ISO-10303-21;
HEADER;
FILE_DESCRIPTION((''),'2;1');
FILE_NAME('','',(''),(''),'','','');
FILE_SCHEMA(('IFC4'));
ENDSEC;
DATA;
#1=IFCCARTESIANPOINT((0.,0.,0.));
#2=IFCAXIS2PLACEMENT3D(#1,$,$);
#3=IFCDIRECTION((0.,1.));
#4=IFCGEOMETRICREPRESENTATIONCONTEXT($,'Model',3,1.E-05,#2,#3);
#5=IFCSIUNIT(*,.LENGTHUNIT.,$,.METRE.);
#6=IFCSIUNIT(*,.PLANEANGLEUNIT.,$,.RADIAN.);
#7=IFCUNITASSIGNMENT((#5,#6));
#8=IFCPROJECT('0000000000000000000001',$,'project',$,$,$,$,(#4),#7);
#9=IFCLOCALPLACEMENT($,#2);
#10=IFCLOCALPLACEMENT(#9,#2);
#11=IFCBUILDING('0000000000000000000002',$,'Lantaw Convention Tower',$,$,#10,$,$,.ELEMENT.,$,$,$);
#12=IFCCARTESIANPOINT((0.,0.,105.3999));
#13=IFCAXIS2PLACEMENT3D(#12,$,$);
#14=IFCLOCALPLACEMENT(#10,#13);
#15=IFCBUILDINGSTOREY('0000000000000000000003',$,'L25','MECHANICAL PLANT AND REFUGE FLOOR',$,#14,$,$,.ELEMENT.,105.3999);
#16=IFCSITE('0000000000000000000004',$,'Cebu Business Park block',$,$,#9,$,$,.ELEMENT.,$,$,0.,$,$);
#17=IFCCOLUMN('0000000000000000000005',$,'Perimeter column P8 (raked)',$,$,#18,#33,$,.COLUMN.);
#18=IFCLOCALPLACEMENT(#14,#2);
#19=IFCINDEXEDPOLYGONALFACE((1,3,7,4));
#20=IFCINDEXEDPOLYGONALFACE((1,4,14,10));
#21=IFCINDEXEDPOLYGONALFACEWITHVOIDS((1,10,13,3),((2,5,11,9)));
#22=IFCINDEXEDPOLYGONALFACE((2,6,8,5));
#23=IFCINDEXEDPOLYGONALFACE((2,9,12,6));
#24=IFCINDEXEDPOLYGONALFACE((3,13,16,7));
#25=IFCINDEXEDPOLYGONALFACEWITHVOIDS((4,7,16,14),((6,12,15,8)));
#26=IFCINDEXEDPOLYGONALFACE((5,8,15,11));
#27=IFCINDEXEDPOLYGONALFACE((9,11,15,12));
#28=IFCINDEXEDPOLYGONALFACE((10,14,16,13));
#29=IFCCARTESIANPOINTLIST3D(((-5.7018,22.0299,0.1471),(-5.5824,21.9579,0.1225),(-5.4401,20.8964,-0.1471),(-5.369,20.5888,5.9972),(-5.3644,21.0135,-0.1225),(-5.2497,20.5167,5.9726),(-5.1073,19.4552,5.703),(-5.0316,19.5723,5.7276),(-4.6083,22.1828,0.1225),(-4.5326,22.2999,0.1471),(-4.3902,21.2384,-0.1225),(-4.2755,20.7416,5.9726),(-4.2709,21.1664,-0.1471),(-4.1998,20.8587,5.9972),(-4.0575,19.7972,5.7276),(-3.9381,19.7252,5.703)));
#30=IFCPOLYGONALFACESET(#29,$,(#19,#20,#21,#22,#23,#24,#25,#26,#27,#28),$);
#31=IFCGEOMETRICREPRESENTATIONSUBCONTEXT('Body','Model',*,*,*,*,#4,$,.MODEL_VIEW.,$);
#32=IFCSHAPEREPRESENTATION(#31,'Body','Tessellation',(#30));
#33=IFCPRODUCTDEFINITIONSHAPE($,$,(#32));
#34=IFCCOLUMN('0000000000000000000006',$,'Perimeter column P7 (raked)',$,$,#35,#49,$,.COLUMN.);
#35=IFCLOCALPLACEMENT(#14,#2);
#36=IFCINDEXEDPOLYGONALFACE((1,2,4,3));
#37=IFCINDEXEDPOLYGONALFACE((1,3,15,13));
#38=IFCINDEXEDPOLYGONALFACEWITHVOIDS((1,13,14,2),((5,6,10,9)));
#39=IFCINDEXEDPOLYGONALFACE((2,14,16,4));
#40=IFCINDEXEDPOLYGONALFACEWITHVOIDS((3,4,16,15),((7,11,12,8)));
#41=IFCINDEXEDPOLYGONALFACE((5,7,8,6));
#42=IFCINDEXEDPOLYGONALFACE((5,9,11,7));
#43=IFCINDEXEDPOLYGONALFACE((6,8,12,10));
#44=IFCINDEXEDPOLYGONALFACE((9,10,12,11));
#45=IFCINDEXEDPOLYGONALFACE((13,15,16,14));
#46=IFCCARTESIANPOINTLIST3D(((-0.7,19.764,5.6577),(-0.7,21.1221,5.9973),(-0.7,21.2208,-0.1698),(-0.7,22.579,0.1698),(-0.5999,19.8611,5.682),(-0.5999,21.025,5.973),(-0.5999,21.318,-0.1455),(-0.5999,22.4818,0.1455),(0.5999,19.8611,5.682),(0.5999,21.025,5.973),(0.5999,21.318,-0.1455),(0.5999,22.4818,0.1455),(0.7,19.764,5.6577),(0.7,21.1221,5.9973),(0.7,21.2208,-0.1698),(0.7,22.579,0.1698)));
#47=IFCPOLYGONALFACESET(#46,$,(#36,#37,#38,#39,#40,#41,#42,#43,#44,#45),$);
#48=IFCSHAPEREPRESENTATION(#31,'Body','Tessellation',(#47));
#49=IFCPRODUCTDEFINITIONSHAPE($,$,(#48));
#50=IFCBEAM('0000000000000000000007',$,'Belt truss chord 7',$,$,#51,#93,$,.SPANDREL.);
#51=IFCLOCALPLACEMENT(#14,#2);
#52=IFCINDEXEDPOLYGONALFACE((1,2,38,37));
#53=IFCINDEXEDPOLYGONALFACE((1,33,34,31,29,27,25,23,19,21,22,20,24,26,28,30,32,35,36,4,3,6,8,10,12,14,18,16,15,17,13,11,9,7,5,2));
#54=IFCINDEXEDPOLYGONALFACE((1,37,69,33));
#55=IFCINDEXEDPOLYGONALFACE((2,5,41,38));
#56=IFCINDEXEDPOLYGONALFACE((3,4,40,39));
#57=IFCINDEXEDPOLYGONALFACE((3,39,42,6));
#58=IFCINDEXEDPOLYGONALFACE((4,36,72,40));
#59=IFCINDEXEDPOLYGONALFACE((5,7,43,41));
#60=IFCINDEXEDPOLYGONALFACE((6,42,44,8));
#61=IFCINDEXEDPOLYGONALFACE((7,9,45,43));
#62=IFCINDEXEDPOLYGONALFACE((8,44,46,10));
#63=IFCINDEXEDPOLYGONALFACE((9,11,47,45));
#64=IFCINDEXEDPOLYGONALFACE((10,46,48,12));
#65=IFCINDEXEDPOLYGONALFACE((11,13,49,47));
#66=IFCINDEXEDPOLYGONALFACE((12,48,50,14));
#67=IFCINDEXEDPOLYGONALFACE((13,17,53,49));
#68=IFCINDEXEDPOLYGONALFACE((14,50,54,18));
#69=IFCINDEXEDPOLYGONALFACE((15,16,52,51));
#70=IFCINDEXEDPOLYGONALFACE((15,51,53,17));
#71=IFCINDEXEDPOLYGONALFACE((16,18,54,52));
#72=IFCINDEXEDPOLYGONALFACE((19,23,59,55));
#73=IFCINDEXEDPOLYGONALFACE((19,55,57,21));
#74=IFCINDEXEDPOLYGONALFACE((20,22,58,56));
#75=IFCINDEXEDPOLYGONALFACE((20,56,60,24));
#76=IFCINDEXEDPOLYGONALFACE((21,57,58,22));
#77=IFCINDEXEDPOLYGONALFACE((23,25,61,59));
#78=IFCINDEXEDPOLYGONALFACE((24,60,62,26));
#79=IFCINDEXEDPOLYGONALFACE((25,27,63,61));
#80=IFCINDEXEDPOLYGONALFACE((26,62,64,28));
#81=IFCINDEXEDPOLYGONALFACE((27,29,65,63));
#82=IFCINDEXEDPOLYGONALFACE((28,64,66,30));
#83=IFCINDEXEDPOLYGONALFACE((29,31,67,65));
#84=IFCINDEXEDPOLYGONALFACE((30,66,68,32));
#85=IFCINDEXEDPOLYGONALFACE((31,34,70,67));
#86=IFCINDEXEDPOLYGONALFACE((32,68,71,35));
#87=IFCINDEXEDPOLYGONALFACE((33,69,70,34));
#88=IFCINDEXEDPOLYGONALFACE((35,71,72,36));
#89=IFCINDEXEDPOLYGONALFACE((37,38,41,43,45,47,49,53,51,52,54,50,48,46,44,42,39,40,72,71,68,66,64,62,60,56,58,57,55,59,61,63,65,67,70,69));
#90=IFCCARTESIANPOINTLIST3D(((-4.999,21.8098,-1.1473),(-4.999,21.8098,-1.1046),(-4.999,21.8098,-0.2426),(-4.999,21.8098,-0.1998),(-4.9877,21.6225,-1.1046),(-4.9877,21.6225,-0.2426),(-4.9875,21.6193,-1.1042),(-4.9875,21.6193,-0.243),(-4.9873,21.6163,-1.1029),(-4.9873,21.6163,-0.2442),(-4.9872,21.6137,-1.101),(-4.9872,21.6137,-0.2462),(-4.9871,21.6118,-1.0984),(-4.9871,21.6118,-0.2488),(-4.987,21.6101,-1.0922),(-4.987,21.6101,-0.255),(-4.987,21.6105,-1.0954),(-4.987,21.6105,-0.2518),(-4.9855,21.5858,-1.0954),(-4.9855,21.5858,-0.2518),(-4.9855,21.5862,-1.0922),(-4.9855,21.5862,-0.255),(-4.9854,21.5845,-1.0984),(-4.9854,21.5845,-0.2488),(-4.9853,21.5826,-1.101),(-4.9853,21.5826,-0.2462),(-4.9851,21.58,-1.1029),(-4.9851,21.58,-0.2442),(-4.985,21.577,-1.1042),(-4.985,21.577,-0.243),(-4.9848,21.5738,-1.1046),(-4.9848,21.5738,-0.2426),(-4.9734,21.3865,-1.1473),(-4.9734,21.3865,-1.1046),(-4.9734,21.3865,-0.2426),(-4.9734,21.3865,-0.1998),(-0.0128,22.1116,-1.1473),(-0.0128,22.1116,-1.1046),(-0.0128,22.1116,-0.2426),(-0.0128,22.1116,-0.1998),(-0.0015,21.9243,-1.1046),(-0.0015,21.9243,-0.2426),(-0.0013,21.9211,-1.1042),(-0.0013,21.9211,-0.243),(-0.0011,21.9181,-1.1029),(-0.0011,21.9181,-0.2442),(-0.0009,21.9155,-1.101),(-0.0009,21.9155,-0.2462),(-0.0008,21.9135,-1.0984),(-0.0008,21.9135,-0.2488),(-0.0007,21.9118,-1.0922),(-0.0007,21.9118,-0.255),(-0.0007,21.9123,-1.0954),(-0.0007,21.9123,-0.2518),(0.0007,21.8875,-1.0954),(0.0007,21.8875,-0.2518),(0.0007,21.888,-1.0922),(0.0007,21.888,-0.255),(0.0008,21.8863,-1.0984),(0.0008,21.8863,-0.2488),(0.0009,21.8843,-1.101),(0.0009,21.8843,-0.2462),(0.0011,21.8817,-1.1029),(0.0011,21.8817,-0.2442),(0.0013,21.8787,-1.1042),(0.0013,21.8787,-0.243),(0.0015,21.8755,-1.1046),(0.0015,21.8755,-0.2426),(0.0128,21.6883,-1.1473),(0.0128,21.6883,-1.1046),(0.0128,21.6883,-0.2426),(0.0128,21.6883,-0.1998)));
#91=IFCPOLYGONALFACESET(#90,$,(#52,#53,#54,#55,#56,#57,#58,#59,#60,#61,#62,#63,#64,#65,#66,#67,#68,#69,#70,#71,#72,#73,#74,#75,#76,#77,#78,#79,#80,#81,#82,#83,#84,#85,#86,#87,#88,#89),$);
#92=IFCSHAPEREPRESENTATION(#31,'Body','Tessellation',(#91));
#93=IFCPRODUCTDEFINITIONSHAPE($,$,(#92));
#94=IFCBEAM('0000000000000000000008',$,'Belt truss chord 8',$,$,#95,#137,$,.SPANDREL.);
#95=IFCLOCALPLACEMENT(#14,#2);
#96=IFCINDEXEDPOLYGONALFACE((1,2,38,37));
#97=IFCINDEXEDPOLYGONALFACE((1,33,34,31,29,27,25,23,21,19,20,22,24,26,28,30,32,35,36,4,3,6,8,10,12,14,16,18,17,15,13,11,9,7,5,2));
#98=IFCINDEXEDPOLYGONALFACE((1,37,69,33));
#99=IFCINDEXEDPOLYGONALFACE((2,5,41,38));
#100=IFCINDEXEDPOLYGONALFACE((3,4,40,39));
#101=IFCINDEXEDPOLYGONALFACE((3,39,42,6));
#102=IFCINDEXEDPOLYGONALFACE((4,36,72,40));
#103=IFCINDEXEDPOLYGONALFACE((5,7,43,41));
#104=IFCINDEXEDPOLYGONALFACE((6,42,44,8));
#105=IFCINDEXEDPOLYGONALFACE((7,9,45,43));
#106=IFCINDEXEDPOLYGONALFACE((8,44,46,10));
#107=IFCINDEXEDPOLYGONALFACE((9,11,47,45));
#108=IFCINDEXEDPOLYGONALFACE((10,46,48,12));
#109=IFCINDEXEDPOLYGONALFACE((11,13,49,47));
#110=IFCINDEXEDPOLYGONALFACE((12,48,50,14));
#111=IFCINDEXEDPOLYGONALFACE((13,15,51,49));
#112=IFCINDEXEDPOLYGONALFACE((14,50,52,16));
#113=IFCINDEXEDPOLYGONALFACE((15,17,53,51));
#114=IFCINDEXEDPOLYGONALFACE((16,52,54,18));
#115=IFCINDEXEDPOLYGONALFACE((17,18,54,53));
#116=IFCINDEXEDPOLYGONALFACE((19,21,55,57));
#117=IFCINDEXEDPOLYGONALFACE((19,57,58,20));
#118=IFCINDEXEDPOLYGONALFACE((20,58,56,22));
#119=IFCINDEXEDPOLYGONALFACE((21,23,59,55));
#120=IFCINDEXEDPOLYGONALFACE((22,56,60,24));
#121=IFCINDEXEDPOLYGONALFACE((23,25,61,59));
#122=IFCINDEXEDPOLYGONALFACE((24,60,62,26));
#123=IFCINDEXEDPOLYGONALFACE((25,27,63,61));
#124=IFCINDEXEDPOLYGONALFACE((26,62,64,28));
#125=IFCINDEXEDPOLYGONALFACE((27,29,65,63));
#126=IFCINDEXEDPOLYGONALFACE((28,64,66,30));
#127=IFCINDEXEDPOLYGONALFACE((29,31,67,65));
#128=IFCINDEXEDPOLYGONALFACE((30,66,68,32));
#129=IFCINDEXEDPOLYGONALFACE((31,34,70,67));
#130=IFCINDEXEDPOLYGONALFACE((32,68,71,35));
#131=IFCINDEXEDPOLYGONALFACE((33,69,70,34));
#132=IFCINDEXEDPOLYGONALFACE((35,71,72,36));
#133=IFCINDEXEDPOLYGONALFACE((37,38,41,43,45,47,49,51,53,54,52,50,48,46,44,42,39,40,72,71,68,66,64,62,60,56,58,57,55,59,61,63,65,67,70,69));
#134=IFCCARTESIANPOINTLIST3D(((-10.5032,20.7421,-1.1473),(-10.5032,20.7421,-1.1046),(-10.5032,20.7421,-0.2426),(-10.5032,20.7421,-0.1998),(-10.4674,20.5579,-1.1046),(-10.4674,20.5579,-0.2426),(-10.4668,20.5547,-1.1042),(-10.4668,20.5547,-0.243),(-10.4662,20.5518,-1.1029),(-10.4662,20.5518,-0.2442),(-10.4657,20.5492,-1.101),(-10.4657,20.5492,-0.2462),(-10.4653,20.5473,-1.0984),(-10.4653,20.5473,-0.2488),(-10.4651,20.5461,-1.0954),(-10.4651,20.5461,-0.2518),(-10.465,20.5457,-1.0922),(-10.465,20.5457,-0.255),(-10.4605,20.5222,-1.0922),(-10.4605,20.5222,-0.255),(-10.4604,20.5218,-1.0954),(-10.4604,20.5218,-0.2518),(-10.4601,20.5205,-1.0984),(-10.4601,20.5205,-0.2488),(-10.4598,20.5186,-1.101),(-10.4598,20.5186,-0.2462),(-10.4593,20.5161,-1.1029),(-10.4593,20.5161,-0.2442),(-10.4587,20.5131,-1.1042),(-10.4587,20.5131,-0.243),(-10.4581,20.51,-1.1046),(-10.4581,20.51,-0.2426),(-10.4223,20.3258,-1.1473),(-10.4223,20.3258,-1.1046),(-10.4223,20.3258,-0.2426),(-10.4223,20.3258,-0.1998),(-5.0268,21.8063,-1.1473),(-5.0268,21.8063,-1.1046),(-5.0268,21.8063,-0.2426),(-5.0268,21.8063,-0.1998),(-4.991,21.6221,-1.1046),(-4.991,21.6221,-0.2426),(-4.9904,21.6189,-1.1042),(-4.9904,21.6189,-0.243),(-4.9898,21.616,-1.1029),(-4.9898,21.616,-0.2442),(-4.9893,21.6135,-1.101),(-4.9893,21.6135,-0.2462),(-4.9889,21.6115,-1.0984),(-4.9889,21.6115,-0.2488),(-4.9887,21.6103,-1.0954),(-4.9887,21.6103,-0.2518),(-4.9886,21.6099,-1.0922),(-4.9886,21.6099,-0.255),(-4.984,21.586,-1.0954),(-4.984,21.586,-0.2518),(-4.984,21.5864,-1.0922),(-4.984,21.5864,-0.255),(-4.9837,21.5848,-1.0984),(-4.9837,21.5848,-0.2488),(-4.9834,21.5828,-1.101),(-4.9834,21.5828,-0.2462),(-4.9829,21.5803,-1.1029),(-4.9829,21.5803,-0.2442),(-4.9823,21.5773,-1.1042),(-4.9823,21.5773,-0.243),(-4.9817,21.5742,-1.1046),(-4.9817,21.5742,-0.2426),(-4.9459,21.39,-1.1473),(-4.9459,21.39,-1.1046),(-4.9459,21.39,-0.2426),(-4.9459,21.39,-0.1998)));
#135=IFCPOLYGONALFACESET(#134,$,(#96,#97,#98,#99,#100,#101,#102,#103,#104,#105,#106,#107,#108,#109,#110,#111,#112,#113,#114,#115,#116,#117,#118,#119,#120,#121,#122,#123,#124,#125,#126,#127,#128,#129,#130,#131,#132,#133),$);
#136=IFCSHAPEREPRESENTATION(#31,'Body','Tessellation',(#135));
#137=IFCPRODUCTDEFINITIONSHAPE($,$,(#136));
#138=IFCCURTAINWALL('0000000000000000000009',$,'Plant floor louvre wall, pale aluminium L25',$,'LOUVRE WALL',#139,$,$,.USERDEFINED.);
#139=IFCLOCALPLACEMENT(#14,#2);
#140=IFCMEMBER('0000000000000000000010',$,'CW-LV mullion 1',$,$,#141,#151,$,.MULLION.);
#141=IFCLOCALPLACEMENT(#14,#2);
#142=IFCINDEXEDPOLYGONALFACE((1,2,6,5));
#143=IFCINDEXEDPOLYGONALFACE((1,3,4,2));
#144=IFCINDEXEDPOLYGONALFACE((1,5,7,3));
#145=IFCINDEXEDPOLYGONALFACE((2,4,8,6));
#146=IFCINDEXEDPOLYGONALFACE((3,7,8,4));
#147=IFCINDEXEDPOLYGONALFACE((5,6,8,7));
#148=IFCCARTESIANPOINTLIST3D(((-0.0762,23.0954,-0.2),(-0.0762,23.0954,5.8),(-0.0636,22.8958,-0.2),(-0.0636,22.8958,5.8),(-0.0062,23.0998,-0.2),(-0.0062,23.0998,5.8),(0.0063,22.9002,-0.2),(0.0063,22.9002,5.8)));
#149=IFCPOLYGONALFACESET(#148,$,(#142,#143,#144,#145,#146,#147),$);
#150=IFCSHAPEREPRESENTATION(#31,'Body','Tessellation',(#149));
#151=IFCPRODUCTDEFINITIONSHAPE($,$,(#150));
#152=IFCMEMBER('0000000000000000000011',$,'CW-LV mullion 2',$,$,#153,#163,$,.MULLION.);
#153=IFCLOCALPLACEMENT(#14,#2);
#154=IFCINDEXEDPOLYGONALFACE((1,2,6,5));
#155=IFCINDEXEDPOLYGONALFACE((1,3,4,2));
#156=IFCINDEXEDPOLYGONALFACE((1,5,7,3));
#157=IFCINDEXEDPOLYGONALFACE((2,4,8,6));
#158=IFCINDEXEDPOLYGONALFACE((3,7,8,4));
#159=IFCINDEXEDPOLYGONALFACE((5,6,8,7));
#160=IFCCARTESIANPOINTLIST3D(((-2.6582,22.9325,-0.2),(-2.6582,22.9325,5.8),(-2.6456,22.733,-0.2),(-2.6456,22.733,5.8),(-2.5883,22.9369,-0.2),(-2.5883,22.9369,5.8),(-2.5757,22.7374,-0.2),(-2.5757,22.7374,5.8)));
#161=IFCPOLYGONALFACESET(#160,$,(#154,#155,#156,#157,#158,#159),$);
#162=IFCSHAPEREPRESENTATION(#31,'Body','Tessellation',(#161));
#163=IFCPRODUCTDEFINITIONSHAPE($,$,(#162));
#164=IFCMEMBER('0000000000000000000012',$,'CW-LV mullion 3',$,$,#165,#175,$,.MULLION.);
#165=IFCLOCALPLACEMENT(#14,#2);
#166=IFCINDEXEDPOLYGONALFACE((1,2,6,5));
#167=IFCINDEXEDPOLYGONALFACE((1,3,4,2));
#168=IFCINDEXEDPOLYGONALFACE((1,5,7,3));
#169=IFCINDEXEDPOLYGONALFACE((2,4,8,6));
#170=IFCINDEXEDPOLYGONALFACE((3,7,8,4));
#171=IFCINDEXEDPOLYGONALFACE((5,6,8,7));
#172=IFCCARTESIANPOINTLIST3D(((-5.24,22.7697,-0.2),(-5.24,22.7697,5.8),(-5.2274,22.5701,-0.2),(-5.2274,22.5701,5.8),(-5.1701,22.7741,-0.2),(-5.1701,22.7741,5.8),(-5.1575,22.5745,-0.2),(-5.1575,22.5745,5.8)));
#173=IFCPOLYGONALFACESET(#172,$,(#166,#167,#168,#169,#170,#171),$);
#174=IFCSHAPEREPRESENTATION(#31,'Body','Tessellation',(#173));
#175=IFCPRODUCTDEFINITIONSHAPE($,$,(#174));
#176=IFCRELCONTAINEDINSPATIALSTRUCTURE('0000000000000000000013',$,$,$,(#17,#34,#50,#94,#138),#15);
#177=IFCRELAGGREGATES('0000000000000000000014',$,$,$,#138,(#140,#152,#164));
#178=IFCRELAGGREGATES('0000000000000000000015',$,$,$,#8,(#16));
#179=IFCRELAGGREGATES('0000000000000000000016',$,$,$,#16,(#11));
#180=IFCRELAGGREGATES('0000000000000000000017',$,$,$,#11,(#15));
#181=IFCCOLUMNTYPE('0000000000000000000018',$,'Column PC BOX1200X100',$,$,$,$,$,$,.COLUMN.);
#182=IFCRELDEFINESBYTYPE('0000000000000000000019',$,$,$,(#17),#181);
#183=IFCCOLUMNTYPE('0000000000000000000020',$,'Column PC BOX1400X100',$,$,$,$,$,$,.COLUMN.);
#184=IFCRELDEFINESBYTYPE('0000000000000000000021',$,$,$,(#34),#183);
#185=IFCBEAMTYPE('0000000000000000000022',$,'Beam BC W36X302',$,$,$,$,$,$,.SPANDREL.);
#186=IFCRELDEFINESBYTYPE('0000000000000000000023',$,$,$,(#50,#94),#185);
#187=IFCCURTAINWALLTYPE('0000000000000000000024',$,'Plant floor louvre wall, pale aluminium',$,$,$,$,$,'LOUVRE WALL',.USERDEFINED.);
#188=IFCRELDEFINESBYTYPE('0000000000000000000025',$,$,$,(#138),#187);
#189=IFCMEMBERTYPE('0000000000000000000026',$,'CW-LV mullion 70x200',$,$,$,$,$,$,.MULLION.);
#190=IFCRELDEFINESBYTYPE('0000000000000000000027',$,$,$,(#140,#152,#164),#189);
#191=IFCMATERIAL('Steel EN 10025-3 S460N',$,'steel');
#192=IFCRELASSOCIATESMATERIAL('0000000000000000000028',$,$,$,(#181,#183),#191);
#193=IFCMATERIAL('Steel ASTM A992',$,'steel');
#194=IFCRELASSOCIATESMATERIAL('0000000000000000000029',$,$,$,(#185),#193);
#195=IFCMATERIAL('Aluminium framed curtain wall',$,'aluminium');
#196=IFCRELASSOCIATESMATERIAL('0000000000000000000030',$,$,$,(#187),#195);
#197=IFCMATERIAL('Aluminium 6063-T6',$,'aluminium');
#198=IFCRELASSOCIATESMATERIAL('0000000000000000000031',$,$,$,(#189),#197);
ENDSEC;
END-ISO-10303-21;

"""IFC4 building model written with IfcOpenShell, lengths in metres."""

from ifc_helpers import new_model, si_unit, direction, frame, origin, origin_2d, place, context, subcontext, project, spatial, rectangle, hollow_rectangle, i_section, extrude, material, material_profile, profile_set, type_object, element, aggregate, save


model = new_model("IFC4")

# Units and contexts
model_context = context("Model", 3, precision=1e-05, world=origin(), true_north=direction((0.0, 1.0)))
body_context = subcontext(model_context, "Body", "Model", "MODEL_VIEW")
ifc_project = project(units=[si_unit("LENGTHUNIT", "METRE"), si_unit("PLANEANGLEUNIT", "RADIAN")], contexts=[model_context])

# Site, building, storey
site_placement = place(None, origin())
site = spatial("IfcSite", under=ifc_project, at=site_placement, Name="Cebu Business Park block", CompositionType="ELEMENT", RefElevation=0.0)
building_placement = place(site_placement, origin())
building = spatial("IfcBuilding", under=site, at=building_placement, Name="Lantaw Convention Tower", CompositionType="ELEMENT")
storey_placement = place(building_placement, frame((0.0, 0.0, 105.3999)))
storey = spatial("IfcBuildingStorey", under=building, at=storey_placement, Name="L25", Description="MECHANICAL PLANT AND REFUGE FLOOR", CompositionType="ELEMENT", Elevation=105.3999)

# Columns
ifc_material_1 = material(Name="Steel EN 10025-3 S460N", Category="steel")
ifc_material_profile_1 = material_profile(ifc_material_1, hollow_rectangle(XDim=1.2, YDim=1.2, WallThickness=0.1001, at=origin_2d()), Name="BOX1200X100")
ifc_material_2 = material(Name="Concrete C60/75", Category="concrete")
ifc_material_profile_2 = material_profile(ifc_material_2, rectangle(XDim=1.0, YDim=1.0, at=origin_2d()), Name="Concrete fill of BOX1200X100")
ifc_profile_set_1 = profile_set([ifc_material_profile_1, ifc_material_profile_2], Name="Steel EN 10025-3 S460N")
column_type_1 = type_object("IfcColumnType", Name="Column PC BOX1200X100", PredefinedType="COLUMN", material=ifc_profile_set_1)
column_1_placement = place(storey_placement, frame((-4.9863, 21.5981, 0.0), z_axis=(0.055146, -0.238833, 0.969493), x_axis=(0.974363, 0.22498, 0.0)))
element("IfcColumn", 1, at=column_1_placement, inside=storey, type_object=column_type_1, Name="Perimeter column P8 (raked)", PredefinedType="COLUMN", context=body_context, shape_type="SweptSolid", body=[
    extrude(hollow_rectangle(XDim=1.2, YDim=1.2, WallThickness=0.1001, at=origin_2d()), origin(), (0.0, 0.0, 1.0), 6.0342),
])
ifc_material_profile_3 = material_profile(ifc_material_1, hollow_rectangle(XDim=1.3999, YDim=1.3999, WallThickness=0.1001, at=origin_2d()), Name="BOX1400X100")
ifc_material_profile_4 = material_profile(ifc_material_2, rectangle(XDim=1.2, YDim=1.2, at=origin_2d()), Name="Concrete fill of BOX1400X100")
ifc_profile_set_2 = profile_set([ifc_material_profile_3, ifc_material_profile_4], Name="Steel EN 10025-3 S460N")
column_type_2 = type_object("IfcColumnType", Name="Column PC BOX1400X100", PredefinedType="COLUMN", material=ifc_profile_set_2)
column_2_placement = place(storey_placement, frame((0.0, 21.8999, 0.0), z_axis=(0.0, -0.242526, 0.970145), x_axis=(1.0, 0.0, 0.0)))
element("IfcColumn", 2, at=column_2_placement, inside=storey, type_object=column_type_2, Name="Perimeter column P7 (raked)", PredefinedType="COLUMN", context=body_context, shape_type="SweptSolid", body=[
    extrude(hollow_rectangle(XDim=1.3999, YDim=1.3999, WallThickness=0.1001, at=origin_2d()), origin(), (0.0, 0.0, 1.0), 6.0068),
])

# Beams
ifc_material_3 = material(Name="Steel ASTM A992", Category="steel")
ifc_material_profile_5 = material_profile(ifc_material_3, i_section(OverallWidth=0.4241, OverallDepth=0.9475, WebThickness=0.0239, FlangeThickness=0.0427, FilletRadius=0.0125, at=origin_2d()), Name="W36X302")
ifc_profile_set_3 = profile_set([ifc_material_profile_5], Name="Steel ASTM A992")
beam_type = type_object("IfcBeamType", Name="Beam BC W36X302", PredefinedType="SPANDREL", material=ifc_profile_set_3)
beam_1_placement = place(storey_placement, frame((0.0, 21.8999, -0.6736), z_axis=(-0.998174, -0.060407, 0.0), x_axis=(0.060407, -0.998174, 0.0)))
element("IfcBeam", 3, at=beam_1_placement, inside=storey, type_object=beam_type, Name="Belt truss chord 7", PredefinedType="SPANDREL", context=body_context, shape_type="SweptSolid", body=[
    extrude(i_section(OverallWidth=0.4241, OverallDepth=0.9475, WebThickness=0.0239, FlangeThickness=0.0427, FilletRadius=0.0125, at=origin_2d()), origin(), (0.0, 0.0, 1.0), 4.9954),
])
beam_2_placement = place(storey_placement, frame((-4.9863, 21.5981, -0.6736), z_axis=(-0.981637, -0.190761, 0.0), x_axis=(0.190761, -0.981637, 0.0)))
element("IfcBeam", 4, at=beam_2_placement, inside=storey, type_object=beam_type, Name="Belt truss chord 8", PredefinedType="SPANDREL", context=body_context, shape_type="SweptSolid", body=[
    extrude(i_section(OverallWidth=0.4241, OverallDepth=0.9475, WebThickness=0.0239, FlangeThickness=0.0427, FilletRadius=0.0125, at=origin_2d()), origin(), (0.0, 0.0, 1.0), 5.5789),
])

# Curtain wall, members
ifc_material_4 = material(Name="Aluminium framed curtain wall", Category="aluminium")
curtain_wall_type = type_object("IfcCurtainWallType", Name="Plant floor louvre wall, pale aluminium", ElementType="LOUVRE WALL", PredefinedType="USERDEFINED", material=ifc_material_4)
curtain_wall_placement = place(storey_placement, origin())
curtain_wall = element("IfcCurtainWall", 5, at=curtain_wall_placement, inside=storey, type_object=curtain_wall_type, Name="Plant floor louvre wall, pale aluminium L25", ObjectType="LOUVRE WALL", PredefinedType="USERDEFINED")
ifc_material_5 = material(Name="Aluminium 6063-T6", Category="aluminium")
ifc_material_profile_6 = material_profile(ifc_material_5, rectangle(XDim=0.2, YDim=0.0701, at=origin_2d()), Name="CW-LV mullion 70x200")
ifc_profile_set_4 = profile_set([ifc_material_profile_6], Name="Aluminium 6063-T6")
member_type_1 = type_object("IfcMemberType", Name="CW-LV mullion 70x200", PredefinedType="MULLION", material=ifc_profile_set_4)
member_1_placement = place(storey_placement, frame((-0.0349, 22.9978, -0.2), z_axis=(0.0, 0.0, 1.0), x_axis=(0.062958, -0.998016, 0.0)))
member_1 = element("IfcMember", 6, at=member_1_placement, type_object=member_type_1, Name="CW-LV mullion 1", PredefinedType="MULLION", context=body_context, shape_type="SweptSolid", body=[
    extrude(rectangle(XDim=0.2, YDim=0.0701, at=origin_2d()), origin(), (0.0, 0.0, 1.0), 6.0),
])
member_2_placement = place(storey_placement, frame((-2.6169, 22.835, -0.2), z_axis=(0.0, 0.0, 1.0), x_axis=(0.062958, -0.998016, 0.0)))
member_2 = element("IfcMember", 7, at=member_2_placement, type_object=member_type_1, Name="CW-LV mullion 2", PredefinedType="MULLION", context=body_context, shape_type="SweptSolid", body=[
    extrude(rectangle(XDim=0.2, YDim=0.0701, at=origin_2d()), origin(), (0.0, 0.0, 1.0), 6.0),
])
member_3_placement = place(storey_placement, frame((-5.1987, 22.6721, -0.2), z_axis=(0.0, 0.0, 1.0), x_axis=(0.062958, -0.998016, 0.0)))
member_3 = element("IfcMember", 8, at=member_3_placement, type_object=member_type_1, Name="CW-LV mullion 3", PredefinedType="MULLION", context=body_context, shape_type="SweptSolid", body=[
    extrude(rectangle(XDim=0.2, YDim=0.0701, at=origin_2d()), origin(), (0.0, 0.0, 1.0), 6.0),
])

aggregate(curtain_wall, [member_1, member_2, member_3])

save(model, "model.ifc")
